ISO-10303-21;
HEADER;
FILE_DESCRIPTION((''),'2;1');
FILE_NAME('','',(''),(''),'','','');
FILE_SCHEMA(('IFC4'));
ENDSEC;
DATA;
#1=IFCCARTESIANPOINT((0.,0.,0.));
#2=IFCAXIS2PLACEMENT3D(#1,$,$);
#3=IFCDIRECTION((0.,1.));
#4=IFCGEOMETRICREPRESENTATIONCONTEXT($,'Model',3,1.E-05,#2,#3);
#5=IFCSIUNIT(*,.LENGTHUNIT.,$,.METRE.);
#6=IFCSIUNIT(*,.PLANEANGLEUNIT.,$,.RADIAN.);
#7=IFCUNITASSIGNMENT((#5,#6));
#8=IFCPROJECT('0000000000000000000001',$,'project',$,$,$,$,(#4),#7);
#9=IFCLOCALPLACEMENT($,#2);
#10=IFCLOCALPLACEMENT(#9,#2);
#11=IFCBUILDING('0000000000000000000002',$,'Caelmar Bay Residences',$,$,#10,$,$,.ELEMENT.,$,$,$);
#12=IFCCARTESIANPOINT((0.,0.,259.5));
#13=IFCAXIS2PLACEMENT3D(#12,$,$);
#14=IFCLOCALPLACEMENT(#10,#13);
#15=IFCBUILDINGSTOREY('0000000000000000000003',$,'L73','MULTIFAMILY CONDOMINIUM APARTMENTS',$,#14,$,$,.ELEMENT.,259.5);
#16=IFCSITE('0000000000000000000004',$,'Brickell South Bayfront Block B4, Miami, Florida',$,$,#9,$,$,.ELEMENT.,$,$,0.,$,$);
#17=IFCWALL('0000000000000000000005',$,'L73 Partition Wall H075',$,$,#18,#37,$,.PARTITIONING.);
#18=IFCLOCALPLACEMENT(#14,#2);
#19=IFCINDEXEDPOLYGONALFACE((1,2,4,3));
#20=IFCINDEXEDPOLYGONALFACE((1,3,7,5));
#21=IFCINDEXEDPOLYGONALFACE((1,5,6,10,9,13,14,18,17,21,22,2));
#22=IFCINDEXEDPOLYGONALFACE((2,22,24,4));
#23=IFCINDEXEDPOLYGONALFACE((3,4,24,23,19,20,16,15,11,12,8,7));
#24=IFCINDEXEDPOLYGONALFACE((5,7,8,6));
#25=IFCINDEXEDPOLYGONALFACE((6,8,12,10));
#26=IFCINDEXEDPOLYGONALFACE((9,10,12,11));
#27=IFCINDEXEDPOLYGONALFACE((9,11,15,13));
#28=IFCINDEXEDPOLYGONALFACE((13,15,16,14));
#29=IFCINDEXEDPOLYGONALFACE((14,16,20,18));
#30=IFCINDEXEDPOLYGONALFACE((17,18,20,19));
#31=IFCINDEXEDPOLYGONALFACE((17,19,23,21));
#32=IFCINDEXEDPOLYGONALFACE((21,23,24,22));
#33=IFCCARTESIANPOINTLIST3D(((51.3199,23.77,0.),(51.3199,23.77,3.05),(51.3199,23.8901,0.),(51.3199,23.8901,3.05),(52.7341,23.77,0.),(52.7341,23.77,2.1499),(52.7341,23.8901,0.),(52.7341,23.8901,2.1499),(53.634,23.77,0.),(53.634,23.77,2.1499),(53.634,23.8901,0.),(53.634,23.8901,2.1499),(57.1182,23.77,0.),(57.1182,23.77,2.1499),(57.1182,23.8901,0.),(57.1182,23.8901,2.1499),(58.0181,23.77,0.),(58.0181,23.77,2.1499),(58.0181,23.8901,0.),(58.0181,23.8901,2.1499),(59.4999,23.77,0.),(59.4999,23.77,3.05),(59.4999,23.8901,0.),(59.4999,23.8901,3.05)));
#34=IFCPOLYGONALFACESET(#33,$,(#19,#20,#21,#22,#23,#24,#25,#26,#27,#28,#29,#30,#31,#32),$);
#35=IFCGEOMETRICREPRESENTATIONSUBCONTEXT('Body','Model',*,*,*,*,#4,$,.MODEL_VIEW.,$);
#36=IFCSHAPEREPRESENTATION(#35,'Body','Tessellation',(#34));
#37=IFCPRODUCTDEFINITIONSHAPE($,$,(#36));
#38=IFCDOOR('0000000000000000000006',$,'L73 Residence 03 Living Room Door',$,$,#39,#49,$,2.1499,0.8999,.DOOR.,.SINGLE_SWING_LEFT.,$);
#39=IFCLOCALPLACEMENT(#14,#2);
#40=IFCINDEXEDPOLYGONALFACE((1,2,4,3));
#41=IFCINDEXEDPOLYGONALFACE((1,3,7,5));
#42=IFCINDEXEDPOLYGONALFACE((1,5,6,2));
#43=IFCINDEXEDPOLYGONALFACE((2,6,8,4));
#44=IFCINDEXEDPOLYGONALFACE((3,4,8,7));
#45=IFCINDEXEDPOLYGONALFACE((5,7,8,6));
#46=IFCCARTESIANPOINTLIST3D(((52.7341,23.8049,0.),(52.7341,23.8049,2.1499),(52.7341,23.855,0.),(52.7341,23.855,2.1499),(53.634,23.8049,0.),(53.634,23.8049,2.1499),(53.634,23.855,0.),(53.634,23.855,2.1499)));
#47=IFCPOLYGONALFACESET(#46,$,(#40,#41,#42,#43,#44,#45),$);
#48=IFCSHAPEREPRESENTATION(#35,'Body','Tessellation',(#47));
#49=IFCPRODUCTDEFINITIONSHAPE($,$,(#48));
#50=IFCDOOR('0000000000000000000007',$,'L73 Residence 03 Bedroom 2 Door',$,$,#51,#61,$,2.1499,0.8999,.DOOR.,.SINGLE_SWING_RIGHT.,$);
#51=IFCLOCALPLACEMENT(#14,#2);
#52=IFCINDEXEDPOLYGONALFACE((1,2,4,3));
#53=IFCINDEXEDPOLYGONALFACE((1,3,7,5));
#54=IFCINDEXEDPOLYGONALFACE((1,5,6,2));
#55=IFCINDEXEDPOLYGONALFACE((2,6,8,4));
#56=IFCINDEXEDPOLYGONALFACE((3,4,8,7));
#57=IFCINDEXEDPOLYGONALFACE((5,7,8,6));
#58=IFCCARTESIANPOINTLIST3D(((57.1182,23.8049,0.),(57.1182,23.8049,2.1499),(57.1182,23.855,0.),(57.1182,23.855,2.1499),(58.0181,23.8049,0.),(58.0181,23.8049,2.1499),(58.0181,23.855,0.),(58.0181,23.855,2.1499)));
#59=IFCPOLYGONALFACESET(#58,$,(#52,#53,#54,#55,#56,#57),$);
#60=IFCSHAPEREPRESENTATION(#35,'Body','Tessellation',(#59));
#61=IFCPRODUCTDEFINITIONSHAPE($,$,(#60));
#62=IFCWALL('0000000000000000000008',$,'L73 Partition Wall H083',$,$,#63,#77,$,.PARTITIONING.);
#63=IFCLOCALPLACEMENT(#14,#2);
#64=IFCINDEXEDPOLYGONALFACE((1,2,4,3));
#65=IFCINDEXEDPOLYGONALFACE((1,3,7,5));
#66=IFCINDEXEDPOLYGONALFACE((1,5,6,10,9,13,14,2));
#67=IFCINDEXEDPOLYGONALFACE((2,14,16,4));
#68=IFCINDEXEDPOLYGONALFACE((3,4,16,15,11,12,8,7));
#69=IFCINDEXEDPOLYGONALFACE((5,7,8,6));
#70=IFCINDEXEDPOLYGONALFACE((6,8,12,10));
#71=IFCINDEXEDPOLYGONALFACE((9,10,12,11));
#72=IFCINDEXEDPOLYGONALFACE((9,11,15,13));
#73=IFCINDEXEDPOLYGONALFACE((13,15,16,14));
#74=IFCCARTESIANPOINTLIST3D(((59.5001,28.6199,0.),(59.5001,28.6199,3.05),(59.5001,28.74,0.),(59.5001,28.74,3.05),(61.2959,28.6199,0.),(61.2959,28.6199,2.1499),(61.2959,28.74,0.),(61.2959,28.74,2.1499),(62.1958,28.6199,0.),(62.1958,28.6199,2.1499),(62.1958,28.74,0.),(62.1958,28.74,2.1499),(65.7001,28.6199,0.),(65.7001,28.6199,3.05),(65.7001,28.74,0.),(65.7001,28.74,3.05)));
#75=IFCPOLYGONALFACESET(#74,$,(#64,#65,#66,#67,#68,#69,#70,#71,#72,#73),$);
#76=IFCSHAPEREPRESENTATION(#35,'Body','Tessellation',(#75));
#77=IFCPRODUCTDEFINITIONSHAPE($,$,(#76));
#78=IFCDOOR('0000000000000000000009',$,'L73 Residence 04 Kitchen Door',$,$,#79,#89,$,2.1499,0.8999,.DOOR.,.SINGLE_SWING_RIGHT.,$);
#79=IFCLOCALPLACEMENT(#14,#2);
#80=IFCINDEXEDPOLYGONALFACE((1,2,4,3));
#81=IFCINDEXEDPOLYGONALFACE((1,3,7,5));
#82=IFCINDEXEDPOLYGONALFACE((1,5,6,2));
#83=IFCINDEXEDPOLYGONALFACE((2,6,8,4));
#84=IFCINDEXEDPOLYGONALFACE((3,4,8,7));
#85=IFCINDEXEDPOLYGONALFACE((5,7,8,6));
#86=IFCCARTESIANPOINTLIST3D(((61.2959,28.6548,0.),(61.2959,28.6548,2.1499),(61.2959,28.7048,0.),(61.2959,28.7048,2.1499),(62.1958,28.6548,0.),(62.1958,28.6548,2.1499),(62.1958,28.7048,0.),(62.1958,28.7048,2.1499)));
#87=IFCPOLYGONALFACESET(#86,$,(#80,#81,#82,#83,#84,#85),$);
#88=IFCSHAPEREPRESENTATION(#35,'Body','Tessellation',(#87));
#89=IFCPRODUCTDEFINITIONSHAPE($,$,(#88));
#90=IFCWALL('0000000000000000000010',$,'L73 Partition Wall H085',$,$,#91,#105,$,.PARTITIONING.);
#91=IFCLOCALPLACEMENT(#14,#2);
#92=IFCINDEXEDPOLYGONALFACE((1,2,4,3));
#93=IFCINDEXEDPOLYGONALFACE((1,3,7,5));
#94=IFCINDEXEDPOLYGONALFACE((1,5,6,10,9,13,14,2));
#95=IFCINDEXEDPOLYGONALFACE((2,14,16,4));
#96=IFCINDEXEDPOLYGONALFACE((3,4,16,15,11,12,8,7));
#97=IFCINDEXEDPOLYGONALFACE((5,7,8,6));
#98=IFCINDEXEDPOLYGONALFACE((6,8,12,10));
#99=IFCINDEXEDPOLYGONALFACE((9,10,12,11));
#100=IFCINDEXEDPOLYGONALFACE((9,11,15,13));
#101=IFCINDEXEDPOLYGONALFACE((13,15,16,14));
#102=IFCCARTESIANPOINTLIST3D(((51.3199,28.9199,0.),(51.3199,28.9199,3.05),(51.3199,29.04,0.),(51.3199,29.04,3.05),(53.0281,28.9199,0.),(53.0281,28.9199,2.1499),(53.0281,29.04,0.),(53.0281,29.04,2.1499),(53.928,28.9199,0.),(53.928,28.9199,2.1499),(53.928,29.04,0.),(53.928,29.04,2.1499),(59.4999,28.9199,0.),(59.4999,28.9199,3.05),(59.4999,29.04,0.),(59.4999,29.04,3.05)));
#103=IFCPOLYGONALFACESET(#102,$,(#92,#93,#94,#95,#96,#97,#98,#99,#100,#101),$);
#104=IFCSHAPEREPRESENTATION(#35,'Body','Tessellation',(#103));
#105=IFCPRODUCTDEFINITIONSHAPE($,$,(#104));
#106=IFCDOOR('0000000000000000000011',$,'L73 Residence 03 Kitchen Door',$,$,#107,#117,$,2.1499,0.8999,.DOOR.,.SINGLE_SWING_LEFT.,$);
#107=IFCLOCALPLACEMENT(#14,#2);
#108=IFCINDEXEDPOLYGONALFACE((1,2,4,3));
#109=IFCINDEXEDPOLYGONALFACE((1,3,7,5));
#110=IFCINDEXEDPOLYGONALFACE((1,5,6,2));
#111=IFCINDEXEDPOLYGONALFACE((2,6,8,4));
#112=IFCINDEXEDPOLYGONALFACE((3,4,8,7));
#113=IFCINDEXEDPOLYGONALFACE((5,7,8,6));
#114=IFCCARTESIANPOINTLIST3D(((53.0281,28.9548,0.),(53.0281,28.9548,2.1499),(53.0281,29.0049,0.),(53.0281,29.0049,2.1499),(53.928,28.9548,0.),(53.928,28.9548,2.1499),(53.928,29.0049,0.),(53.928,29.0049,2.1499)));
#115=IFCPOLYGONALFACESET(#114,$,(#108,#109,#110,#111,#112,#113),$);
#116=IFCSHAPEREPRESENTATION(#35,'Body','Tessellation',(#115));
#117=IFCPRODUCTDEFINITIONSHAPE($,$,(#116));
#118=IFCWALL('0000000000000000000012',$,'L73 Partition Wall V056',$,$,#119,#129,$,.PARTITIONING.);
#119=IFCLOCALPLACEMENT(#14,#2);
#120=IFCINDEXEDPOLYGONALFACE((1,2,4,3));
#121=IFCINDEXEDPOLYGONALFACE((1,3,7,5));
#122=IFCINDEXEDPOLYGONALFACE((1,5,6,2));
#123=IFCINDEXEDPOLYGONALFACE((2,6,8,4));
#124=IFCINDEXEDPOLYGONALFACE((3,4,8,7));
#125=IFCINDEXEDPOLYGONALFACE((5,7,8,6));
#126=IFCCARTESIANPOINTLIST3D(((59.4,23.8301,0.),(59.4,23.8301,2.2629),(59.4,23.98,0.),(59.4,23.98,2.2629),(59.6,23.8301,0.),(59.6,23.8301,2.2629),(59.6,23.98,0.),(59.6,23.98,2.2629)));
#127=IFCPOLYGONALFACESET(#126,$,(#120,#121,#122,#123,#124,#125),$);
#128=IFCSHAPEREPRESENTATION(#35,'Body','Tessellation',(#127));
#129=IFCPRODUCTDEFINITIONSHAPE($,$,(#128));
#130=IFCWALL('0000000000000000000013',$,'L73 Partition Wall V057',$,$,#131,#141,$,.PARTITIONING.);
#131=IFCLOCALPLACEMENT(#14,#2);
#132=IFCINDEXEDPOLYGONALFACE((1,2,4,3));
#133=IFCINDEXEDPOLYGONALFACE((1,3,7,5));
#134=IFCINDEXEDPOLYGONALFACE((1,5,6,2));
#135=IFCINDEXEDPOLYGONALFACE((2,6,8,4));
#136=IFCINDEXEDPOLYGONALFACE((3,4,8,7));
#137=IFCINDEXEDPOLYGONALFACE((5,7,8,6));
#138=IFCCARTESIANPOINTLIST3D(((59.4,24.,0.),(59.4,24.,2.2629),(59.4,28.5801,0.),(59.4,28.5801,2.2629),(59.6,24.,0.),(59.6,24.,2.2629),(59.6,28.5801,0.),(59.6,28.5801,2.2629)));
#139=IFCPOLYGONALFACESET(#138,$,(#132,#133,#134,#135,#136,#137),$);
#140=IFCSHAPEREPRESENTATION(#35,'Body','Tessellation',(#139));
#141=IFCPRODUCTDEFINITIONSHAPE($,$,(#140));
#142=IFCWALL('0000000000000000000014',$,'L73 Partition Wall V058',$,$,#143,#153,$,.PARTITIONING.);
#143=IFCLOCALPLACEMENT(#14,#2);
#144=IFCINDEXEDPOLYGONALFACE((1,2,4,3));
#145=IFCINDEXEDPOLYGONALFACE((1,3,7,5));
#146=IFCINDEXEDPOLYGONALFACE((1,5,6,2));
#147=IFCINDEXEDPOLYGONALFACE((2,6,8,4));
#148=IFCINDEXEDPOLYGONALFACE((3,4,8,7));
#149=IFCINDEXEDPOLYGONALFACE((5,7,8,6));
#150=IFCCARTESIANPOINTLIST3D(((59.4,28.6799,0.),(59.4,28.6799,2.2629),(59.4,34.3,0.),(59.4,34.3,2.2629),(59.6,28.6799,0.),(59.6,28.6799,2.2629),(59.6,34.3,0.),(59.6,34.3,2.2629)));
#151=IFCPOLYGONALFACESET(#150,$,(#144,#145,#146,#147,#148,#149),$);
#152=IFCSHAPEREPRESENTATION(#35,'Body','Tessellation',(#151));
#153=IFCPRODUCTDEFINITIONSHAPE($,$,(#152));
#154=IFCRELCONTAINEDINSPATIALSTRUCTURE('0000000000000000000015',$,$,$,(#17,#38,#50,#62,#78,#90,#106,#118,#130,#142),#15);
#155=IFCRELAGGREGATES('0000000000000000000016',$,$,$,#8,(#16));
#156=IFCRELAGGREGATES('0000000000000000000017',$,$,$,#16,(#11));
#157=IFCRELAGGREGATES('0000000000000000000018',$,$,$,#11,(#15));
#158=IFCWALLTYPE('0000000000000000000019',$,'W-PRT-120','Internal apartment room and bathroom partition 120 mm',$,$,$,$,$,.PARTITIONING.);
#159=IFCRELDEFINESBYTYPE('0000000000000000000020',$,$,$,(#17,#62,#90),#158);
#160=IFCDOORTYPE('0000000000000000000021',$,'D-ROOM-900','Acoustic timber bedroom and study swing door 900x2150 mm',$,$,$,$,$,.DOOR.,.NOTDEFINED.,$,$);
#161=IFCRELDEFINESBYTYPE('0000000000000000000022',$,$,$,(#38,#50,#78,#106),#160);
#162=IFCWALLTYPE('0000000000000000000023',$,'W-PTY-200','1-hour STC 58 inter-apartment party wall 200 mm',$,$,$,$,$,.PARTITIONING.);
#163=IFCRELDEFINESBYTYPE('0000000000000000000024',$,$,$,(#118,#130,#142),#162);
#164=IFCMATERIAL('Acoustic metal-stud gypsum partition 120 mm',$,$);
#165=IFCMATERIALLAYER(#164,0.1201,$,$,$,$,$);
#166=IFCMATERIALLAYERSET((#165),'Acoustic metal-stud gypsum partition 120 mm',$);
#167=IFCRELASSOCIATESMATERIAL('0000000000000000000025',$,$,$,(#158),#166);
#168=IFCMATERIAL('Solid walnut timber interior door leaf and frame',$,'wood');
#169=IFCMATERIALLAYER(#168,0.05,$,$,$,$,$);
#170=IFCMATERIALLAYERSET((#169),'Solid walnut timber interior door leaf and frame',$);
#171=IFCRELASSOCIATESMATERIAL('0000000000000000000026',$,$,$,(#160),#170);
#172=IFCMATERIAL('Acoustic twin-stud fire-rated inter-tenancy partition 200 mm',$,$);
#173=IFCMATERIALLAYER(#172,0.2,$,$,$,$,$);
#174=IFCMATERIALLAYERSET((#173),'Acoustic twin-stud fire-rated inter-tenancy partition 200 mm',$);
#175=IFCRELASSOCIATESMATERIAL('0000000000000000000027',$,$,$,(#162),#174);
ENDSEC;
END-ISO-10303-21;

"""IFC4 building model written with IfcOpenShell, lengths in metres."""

from ifc_helpers import new_model, si_unit, direction, frame, frame_2d, origin, place, context, subcontext, project, spatial, rectangle, extrude, material, layer, layer_set, type_object, element, fill, save


model = new_model("IFC4")

# Units and contexts
model_context = context("Model", 3, precision=1e-05, world=origin(), true_north=direction((0.0, 1.0)))
body_context = subcontext(model_context, "Body", "Model", "MODEL_VIEW")
ifc_project = project(units=[si_unit("LENGTHUNIT", "METRE"), si_unit("PLANEANGLEUNIT", "RADIAN")], contexts=[model_context])

# Site, building, storey
site_placement = place(None, origin())
site = spatial("IfcSite", under=ifc_project, at=site_placement, Name="Brickell South Bayfront Block B4, Miami, Florida", CompositionType="ELEMENT", RefElevation=0.0)
building_placement = place(site_placement, origin())
building = spatial("IfcBuilding", under=site, at=building_placement, Name="Caelmar Bay Residences", CompositionType="ELEMENT")
storey_placement = place(building_placement, frame((0.0, 0.0, 259.5)))
storey = spatial("IfcBuildingStorey", under=building, at=storey_placement, Name="L73", Description="MULTIFAMILY CONDOMINIUM APARTMENTS", CompositionType="ELEMENT", Elevation=259.5)

# Shared definitions
ifc_material_1 = material(Name="Acoustic metal-stud gypsum partition 120 mm")
ifc_layer_1 = layer(ifc_material_1, 0.1201)
ifc_layer_set_1 = layer_set([ifc_layer_1], Name="Acoustic metal-stud gypsum partition 120 mm")
wall_type_1 = type_object("IfcWallType", Name="W-PRT-120", Description="Internal apartment room and bathroom partition 120 mm", PredefinedType="PARTITIONING", material=ifc_layer_set_1)

# Shared definitions
ifc_material_2 = material(Name="Solid walnut timber interior door leaf and frame", Category="wood")
ifc_layer_2 = layer(ifc_material_2, 0.05)
ifc_layer_set_2 = layer_set([ifc_layer_2], Name="Solid walnut timber interior door leaf and frame")
door_type_1 = type_object("IfcDoorType", Name="D-ROOM-900", Description="Acoustic timber bedroom and study swing door 900x2150 mm", OperationType="NOTDEFINED", PredefinedType="DOOR", material=ifc_layer_set_2)

# Wall, openings, doors
wall_1_placement = place(storey_placement, frame((51.3201, 23.8301, 0.0), z_axis=(0.0, 0.0, 1.0), x_axis=(1.0, 0.0, 0.0)))
wall_1 = element("IfcWall", 1, at=wall_1_placement, inside=storey, type_object=wall_type_1, Name="L73 Partition Wall H075", PredefinedType="PARTITIONING", context=body_context, shape_type="SweptSolid", body=[
    extrude(rectangle(XDim=8.1799, YDim=0.1201, at=frame_2d((4.0898, 0.0))), origin(), (0.0, 0.0, 1.0), 3.05),
])
opening_1_placement = place(wall_1_placement, frame((1.4141, 0.0, 0.0)))
opening_1 = element("IfcOpeningElement", 2, at=opening_1_placement, cuts=wall_1, PredefinedType="OPENING", context=body_context, shape_type="SweptSolid", body=[
    extrude(rectangle(XDim=0.8999, YDim=2.1499, at=frame_2d((0.45, 1.075))), frame((0.0, 0.0701, 0.0), z_axis=(0.0, -1.0, 0.0), x_axis=(1.0, 0.0, 0.0)), (0.0, 0.0, 1.0), 0.1401),
])
opening_2_placement = place(wall_1_placement, frame((5.7981, 0.0, 0.0)))
opening_2 = element("IfcOpeningElement", 3, at=opening_2_placement, cuts=wall_1, PredefinedType="OPENING", context=body_context, shape_type="SweptSolid", body=[
    extrude(rectangle(XDim=0.8999, YDim=2.1499, at=frame_2d((0.45, 1.075))), frame((0.0, 0.0701, 0.0), z_axis=(0.0, -1.0, 0.0), x_axis=(1.0, 0.0, 0.0)), (0.0, 0.0, 1.0), 0.1401),
])
door_1_placement = place(opening_1_placement, origin())
door_1 = element("IfcDoor", 4, at=door_1_placement, inside=storey, type_object=door_type_1, Name="L73 Residence 03 Living Room Door", OperationType="SINGLE_SWING_LEFT", OverallHeight=2.1499, OverallWidth=0.8999, PredefinedType="DOOR", context=body_context, shape_type="SweptSolid", body=[
    extrude(rectangle(XDim=0.8999, YDim=2.1499, at=frame_2d((0.45, 1.075))), frame((0.0, 0.0249, 0.0), z_axis=(0.0, -1.0, 0.0), x_axis=(1.0, 0.0, 0.0)), (0.0, 0.0, 1.0), 0.05),
])
fill(opening_1, door_1)
door_2_placement = place(opening_2_placement, origin())
door_2 = element("IfcDoor", 5, at=door_2_placement, inside=storey, type_object=door_type_1, Name="L73 Residence 03 Bedroom 2 Door", OperationType="SINGLE_SWING_RIGHT", OverallHeight=2.1499, OverallWidth=0.8999, PredefinedType="DOOR", context=body_context, shape_type="SweptSolid", body=[
    extrude(rectangle(XDim=0.8999, YDim=2.1499, at=frame_2d((0.45, 1.075))), frame((0.0, 0.0249, 0.0), z_axis=(0.0, -1.0, 0.0), x_axis=(1.0, 0.0, 0.0)), (0.0, 0.0, 1.0), 0.05),
])
fill(opening_2, door_2)

# Walls, openings, doors
wall_2_placement = place(storey_placement, frame((59.5, 28.6799, 0.0), z_axis=(0.0, 0.0, 1.0), x_axis=(1.0, 0.0, 0.0)))
wall_2 = element("IfcWall", 6, at=wall_2_placement, inside=storey, type_object=wall_type_1, Name="L73 Partition Wall H083", PredefinedType="PARTITIONING", context=body_context, shape_type="SweptSolid", body=[
    extrude(rectangle(XDim=6.2, YDim=0.1201, at=frame_2d((3.1001, 0.0))), origin(), (0.0, 0.0, 1.0), 3.05),
])
opening_3_placement = place(wall_2_placement, frame((1.7959, 0.0, 0.0)))
opening_3 = element("IfcOpeningElement", 7, at=opening_3_placement, cuts=wall_2, PredefinedType="OPENING", context=body_context, shape_type="SweptSolid", body=[
    extrude(rectangle(XDim=0.8999, YDim=2.1499, at=frame_2d((0.45, 1.075))), frame((0.0, 0.0701, 0.0), z_axis=(0.0, -1.0, 0.0), x_axis=(1.0, 0.0, 0.0)), (0.0, 0.0, 1.0), 0.1401),
])
door_3_placement = place(opening_3_placement, origin())
door_3 = element("IfcDoor", 8, at=door_3_placement, inside=storey, type_object=door_type_1, Name="L73 Residence 04 Kitchen Door", OperationType="SINGLE_SWING_RIGHT", OverallHeight=2.1499, OverallWidth=0.8999, PredefinedType="DOOR", context=body_context, shape_type="SweptSolid", body=[
    extrude(rectangle(XDim=0.8999, YDim=2.1499, at=frame_2d((0.45, 1.075))), frame((0.0, 0.0249, 0.0), z_axis=(0.0, -1.0, 0.0), x_axis=(1.0, 0.0, 0.0)), (0.0, 0.0, 1.0), 0.05),
])
fill(opening_3, door_3)
wall_3_placement = place(storey_placement, frame((51.3201, 28.98, 0.0), z_axis=(0.0, 0.0, 1.0), x_axis=(1.0, 0.0, 0.0)))
wall_3 = element("IfcWall", 9, at=wall_3_placement, inside=storey, type_object=wall_type_1, Name="L73 Partition Wall H085", PredefinedType="PARTITIONING", context=body_context, shape_type="SweptSolid", body=[
    extrude(rectangle(XDim=8.1799, YDim=0.1201, at=frame_2d((4.0898, 0.0))), origin(), (0.0, 0.0, 1.0), 3.05),
])
opening_4_placement = place(wall_3_placement, frame((1.708, 0.0, 0.0)))
opening_4 = element("IfcOpeningElement", 10, at=opening_4_placement, cuts=wall_3, PredefinedType="OPENING", context=body_context, shape_type="SweptSolid", body=[
    extrude(rectangle(XDim=0.8999, YDim=2.1499, at=frame_2d((0.45, 1.075))), frame((0.0, 0.0701, 0.0), z_axis=(0.0, -1.0, 0.0), x_axis=(1.0, 0.0, 0.0)), (0.0, 0.0, 1.0), 0.1401),
])
door_4_placement = place(opening_4_placement, origin())
door_4 = element("IfcDoor", 11, at=door_4_placement, inside=storey, type_object=door_type_1, Name="L73 Residence 03 Kitchen Door", OperationType="SINGLE_SWING_LEFT", OverallHeight=2.1499, OverallWidth=0.8999, PredefinedType="DOOR", context=body_context, shape_type="SweptSolid", body=[
    extrude(rectangle(XDim=0.8999, YDim=2.1499, at=frame_2d((0.45, 1.075))), frame((0.0, 0.0249, 0.0), z_axis=(0.0, -1.0, 0.0), x_axis=(1.0, 0.0, 0.0)), (0.0, 0.0, 1.0), 0.05),
])
fill(opening_4, door_4)

# Walls
ifc_material_3 = material(Name="Acoustic twin-stud fire-rated inter-tenancy partition 200 mm")
ifc_layer_3 = layer(ifc_material_3, 0.2)
ifc_layer_set_3 = layer_set([ifc_layer_3], Name="Acoustic twin-stud fire-rated inter-tenancy partition 200 mm")
wall_type_2 = type_object("IfcWallType", Name="W-PTY-200", Description="1-hour STC 58 inter-apartment party wall 200 mm", PredefinedType="PARTITIONING", material=ifc_layer_set_3)
wall_4_placement = place(storey_placement, frame((59.5, 23.8301, 0.0), z_axis=(0.0, 0.0, 1.0), x_axis=(0.0, 1.0, 0.0)))
element("IfcWall", 12, at=wall_4_placement, inside=storey, type_object=wall_type_2, Name="L73 Partition Wall V056", PredefinedType="PARTITIONING", context=body_context, shape_type="SweptSolid", body=[
    extrude(rectangle(XDim=0.1499, YDim=0.2, at=frame_2d((0.075, 0.0))), origin(), (0.0, 0.0, 1.0), 2.2629),
])
wall_5_placement = place(storey_placement, frame((59.5, 24.0, 0.0), z_axis=(0.0, 0.0, 1.0), x_axis=(0.0, 1.0, 0.0)))
element("IfcWall", 13, at=wall_5_placement, inside=storey, type_object=wall_type_2, Name="L73 Partition Wall V057", PredefinedType="PARTITIONING", context=body_context, shape_type="SweptSolid", body=[
    extrude(rectangle(XDim=4.5801, YDim=0.2, at=frame_2d((2.29, 0.0))), origin(), (0.0, 0.0, 1.0), 2.2629),
])
wall_6_placement = place(storey_placement, frame((59.5, 28.6799, 0.0), z_axis=(0.0, 0.0, 1.0), x_axis=(0.0, 1.0, 0.0)))
element("IfcWall", 14, at=wall_6_placement, inside=storey, type_object=wall_type_2, Name="L73 Partition Wall V058", PredefinedType="PARTITIONING", context=body_context, shape_type="SweptSolid", body=[
    extrude(rectangle(XDim=5.6201, YDim=0.2, at=frame_2d((2.8101, 0.0))), origin(), (0.0, 0.0, 1.0), 2.2629),
])

save(model, "model.ifc")
